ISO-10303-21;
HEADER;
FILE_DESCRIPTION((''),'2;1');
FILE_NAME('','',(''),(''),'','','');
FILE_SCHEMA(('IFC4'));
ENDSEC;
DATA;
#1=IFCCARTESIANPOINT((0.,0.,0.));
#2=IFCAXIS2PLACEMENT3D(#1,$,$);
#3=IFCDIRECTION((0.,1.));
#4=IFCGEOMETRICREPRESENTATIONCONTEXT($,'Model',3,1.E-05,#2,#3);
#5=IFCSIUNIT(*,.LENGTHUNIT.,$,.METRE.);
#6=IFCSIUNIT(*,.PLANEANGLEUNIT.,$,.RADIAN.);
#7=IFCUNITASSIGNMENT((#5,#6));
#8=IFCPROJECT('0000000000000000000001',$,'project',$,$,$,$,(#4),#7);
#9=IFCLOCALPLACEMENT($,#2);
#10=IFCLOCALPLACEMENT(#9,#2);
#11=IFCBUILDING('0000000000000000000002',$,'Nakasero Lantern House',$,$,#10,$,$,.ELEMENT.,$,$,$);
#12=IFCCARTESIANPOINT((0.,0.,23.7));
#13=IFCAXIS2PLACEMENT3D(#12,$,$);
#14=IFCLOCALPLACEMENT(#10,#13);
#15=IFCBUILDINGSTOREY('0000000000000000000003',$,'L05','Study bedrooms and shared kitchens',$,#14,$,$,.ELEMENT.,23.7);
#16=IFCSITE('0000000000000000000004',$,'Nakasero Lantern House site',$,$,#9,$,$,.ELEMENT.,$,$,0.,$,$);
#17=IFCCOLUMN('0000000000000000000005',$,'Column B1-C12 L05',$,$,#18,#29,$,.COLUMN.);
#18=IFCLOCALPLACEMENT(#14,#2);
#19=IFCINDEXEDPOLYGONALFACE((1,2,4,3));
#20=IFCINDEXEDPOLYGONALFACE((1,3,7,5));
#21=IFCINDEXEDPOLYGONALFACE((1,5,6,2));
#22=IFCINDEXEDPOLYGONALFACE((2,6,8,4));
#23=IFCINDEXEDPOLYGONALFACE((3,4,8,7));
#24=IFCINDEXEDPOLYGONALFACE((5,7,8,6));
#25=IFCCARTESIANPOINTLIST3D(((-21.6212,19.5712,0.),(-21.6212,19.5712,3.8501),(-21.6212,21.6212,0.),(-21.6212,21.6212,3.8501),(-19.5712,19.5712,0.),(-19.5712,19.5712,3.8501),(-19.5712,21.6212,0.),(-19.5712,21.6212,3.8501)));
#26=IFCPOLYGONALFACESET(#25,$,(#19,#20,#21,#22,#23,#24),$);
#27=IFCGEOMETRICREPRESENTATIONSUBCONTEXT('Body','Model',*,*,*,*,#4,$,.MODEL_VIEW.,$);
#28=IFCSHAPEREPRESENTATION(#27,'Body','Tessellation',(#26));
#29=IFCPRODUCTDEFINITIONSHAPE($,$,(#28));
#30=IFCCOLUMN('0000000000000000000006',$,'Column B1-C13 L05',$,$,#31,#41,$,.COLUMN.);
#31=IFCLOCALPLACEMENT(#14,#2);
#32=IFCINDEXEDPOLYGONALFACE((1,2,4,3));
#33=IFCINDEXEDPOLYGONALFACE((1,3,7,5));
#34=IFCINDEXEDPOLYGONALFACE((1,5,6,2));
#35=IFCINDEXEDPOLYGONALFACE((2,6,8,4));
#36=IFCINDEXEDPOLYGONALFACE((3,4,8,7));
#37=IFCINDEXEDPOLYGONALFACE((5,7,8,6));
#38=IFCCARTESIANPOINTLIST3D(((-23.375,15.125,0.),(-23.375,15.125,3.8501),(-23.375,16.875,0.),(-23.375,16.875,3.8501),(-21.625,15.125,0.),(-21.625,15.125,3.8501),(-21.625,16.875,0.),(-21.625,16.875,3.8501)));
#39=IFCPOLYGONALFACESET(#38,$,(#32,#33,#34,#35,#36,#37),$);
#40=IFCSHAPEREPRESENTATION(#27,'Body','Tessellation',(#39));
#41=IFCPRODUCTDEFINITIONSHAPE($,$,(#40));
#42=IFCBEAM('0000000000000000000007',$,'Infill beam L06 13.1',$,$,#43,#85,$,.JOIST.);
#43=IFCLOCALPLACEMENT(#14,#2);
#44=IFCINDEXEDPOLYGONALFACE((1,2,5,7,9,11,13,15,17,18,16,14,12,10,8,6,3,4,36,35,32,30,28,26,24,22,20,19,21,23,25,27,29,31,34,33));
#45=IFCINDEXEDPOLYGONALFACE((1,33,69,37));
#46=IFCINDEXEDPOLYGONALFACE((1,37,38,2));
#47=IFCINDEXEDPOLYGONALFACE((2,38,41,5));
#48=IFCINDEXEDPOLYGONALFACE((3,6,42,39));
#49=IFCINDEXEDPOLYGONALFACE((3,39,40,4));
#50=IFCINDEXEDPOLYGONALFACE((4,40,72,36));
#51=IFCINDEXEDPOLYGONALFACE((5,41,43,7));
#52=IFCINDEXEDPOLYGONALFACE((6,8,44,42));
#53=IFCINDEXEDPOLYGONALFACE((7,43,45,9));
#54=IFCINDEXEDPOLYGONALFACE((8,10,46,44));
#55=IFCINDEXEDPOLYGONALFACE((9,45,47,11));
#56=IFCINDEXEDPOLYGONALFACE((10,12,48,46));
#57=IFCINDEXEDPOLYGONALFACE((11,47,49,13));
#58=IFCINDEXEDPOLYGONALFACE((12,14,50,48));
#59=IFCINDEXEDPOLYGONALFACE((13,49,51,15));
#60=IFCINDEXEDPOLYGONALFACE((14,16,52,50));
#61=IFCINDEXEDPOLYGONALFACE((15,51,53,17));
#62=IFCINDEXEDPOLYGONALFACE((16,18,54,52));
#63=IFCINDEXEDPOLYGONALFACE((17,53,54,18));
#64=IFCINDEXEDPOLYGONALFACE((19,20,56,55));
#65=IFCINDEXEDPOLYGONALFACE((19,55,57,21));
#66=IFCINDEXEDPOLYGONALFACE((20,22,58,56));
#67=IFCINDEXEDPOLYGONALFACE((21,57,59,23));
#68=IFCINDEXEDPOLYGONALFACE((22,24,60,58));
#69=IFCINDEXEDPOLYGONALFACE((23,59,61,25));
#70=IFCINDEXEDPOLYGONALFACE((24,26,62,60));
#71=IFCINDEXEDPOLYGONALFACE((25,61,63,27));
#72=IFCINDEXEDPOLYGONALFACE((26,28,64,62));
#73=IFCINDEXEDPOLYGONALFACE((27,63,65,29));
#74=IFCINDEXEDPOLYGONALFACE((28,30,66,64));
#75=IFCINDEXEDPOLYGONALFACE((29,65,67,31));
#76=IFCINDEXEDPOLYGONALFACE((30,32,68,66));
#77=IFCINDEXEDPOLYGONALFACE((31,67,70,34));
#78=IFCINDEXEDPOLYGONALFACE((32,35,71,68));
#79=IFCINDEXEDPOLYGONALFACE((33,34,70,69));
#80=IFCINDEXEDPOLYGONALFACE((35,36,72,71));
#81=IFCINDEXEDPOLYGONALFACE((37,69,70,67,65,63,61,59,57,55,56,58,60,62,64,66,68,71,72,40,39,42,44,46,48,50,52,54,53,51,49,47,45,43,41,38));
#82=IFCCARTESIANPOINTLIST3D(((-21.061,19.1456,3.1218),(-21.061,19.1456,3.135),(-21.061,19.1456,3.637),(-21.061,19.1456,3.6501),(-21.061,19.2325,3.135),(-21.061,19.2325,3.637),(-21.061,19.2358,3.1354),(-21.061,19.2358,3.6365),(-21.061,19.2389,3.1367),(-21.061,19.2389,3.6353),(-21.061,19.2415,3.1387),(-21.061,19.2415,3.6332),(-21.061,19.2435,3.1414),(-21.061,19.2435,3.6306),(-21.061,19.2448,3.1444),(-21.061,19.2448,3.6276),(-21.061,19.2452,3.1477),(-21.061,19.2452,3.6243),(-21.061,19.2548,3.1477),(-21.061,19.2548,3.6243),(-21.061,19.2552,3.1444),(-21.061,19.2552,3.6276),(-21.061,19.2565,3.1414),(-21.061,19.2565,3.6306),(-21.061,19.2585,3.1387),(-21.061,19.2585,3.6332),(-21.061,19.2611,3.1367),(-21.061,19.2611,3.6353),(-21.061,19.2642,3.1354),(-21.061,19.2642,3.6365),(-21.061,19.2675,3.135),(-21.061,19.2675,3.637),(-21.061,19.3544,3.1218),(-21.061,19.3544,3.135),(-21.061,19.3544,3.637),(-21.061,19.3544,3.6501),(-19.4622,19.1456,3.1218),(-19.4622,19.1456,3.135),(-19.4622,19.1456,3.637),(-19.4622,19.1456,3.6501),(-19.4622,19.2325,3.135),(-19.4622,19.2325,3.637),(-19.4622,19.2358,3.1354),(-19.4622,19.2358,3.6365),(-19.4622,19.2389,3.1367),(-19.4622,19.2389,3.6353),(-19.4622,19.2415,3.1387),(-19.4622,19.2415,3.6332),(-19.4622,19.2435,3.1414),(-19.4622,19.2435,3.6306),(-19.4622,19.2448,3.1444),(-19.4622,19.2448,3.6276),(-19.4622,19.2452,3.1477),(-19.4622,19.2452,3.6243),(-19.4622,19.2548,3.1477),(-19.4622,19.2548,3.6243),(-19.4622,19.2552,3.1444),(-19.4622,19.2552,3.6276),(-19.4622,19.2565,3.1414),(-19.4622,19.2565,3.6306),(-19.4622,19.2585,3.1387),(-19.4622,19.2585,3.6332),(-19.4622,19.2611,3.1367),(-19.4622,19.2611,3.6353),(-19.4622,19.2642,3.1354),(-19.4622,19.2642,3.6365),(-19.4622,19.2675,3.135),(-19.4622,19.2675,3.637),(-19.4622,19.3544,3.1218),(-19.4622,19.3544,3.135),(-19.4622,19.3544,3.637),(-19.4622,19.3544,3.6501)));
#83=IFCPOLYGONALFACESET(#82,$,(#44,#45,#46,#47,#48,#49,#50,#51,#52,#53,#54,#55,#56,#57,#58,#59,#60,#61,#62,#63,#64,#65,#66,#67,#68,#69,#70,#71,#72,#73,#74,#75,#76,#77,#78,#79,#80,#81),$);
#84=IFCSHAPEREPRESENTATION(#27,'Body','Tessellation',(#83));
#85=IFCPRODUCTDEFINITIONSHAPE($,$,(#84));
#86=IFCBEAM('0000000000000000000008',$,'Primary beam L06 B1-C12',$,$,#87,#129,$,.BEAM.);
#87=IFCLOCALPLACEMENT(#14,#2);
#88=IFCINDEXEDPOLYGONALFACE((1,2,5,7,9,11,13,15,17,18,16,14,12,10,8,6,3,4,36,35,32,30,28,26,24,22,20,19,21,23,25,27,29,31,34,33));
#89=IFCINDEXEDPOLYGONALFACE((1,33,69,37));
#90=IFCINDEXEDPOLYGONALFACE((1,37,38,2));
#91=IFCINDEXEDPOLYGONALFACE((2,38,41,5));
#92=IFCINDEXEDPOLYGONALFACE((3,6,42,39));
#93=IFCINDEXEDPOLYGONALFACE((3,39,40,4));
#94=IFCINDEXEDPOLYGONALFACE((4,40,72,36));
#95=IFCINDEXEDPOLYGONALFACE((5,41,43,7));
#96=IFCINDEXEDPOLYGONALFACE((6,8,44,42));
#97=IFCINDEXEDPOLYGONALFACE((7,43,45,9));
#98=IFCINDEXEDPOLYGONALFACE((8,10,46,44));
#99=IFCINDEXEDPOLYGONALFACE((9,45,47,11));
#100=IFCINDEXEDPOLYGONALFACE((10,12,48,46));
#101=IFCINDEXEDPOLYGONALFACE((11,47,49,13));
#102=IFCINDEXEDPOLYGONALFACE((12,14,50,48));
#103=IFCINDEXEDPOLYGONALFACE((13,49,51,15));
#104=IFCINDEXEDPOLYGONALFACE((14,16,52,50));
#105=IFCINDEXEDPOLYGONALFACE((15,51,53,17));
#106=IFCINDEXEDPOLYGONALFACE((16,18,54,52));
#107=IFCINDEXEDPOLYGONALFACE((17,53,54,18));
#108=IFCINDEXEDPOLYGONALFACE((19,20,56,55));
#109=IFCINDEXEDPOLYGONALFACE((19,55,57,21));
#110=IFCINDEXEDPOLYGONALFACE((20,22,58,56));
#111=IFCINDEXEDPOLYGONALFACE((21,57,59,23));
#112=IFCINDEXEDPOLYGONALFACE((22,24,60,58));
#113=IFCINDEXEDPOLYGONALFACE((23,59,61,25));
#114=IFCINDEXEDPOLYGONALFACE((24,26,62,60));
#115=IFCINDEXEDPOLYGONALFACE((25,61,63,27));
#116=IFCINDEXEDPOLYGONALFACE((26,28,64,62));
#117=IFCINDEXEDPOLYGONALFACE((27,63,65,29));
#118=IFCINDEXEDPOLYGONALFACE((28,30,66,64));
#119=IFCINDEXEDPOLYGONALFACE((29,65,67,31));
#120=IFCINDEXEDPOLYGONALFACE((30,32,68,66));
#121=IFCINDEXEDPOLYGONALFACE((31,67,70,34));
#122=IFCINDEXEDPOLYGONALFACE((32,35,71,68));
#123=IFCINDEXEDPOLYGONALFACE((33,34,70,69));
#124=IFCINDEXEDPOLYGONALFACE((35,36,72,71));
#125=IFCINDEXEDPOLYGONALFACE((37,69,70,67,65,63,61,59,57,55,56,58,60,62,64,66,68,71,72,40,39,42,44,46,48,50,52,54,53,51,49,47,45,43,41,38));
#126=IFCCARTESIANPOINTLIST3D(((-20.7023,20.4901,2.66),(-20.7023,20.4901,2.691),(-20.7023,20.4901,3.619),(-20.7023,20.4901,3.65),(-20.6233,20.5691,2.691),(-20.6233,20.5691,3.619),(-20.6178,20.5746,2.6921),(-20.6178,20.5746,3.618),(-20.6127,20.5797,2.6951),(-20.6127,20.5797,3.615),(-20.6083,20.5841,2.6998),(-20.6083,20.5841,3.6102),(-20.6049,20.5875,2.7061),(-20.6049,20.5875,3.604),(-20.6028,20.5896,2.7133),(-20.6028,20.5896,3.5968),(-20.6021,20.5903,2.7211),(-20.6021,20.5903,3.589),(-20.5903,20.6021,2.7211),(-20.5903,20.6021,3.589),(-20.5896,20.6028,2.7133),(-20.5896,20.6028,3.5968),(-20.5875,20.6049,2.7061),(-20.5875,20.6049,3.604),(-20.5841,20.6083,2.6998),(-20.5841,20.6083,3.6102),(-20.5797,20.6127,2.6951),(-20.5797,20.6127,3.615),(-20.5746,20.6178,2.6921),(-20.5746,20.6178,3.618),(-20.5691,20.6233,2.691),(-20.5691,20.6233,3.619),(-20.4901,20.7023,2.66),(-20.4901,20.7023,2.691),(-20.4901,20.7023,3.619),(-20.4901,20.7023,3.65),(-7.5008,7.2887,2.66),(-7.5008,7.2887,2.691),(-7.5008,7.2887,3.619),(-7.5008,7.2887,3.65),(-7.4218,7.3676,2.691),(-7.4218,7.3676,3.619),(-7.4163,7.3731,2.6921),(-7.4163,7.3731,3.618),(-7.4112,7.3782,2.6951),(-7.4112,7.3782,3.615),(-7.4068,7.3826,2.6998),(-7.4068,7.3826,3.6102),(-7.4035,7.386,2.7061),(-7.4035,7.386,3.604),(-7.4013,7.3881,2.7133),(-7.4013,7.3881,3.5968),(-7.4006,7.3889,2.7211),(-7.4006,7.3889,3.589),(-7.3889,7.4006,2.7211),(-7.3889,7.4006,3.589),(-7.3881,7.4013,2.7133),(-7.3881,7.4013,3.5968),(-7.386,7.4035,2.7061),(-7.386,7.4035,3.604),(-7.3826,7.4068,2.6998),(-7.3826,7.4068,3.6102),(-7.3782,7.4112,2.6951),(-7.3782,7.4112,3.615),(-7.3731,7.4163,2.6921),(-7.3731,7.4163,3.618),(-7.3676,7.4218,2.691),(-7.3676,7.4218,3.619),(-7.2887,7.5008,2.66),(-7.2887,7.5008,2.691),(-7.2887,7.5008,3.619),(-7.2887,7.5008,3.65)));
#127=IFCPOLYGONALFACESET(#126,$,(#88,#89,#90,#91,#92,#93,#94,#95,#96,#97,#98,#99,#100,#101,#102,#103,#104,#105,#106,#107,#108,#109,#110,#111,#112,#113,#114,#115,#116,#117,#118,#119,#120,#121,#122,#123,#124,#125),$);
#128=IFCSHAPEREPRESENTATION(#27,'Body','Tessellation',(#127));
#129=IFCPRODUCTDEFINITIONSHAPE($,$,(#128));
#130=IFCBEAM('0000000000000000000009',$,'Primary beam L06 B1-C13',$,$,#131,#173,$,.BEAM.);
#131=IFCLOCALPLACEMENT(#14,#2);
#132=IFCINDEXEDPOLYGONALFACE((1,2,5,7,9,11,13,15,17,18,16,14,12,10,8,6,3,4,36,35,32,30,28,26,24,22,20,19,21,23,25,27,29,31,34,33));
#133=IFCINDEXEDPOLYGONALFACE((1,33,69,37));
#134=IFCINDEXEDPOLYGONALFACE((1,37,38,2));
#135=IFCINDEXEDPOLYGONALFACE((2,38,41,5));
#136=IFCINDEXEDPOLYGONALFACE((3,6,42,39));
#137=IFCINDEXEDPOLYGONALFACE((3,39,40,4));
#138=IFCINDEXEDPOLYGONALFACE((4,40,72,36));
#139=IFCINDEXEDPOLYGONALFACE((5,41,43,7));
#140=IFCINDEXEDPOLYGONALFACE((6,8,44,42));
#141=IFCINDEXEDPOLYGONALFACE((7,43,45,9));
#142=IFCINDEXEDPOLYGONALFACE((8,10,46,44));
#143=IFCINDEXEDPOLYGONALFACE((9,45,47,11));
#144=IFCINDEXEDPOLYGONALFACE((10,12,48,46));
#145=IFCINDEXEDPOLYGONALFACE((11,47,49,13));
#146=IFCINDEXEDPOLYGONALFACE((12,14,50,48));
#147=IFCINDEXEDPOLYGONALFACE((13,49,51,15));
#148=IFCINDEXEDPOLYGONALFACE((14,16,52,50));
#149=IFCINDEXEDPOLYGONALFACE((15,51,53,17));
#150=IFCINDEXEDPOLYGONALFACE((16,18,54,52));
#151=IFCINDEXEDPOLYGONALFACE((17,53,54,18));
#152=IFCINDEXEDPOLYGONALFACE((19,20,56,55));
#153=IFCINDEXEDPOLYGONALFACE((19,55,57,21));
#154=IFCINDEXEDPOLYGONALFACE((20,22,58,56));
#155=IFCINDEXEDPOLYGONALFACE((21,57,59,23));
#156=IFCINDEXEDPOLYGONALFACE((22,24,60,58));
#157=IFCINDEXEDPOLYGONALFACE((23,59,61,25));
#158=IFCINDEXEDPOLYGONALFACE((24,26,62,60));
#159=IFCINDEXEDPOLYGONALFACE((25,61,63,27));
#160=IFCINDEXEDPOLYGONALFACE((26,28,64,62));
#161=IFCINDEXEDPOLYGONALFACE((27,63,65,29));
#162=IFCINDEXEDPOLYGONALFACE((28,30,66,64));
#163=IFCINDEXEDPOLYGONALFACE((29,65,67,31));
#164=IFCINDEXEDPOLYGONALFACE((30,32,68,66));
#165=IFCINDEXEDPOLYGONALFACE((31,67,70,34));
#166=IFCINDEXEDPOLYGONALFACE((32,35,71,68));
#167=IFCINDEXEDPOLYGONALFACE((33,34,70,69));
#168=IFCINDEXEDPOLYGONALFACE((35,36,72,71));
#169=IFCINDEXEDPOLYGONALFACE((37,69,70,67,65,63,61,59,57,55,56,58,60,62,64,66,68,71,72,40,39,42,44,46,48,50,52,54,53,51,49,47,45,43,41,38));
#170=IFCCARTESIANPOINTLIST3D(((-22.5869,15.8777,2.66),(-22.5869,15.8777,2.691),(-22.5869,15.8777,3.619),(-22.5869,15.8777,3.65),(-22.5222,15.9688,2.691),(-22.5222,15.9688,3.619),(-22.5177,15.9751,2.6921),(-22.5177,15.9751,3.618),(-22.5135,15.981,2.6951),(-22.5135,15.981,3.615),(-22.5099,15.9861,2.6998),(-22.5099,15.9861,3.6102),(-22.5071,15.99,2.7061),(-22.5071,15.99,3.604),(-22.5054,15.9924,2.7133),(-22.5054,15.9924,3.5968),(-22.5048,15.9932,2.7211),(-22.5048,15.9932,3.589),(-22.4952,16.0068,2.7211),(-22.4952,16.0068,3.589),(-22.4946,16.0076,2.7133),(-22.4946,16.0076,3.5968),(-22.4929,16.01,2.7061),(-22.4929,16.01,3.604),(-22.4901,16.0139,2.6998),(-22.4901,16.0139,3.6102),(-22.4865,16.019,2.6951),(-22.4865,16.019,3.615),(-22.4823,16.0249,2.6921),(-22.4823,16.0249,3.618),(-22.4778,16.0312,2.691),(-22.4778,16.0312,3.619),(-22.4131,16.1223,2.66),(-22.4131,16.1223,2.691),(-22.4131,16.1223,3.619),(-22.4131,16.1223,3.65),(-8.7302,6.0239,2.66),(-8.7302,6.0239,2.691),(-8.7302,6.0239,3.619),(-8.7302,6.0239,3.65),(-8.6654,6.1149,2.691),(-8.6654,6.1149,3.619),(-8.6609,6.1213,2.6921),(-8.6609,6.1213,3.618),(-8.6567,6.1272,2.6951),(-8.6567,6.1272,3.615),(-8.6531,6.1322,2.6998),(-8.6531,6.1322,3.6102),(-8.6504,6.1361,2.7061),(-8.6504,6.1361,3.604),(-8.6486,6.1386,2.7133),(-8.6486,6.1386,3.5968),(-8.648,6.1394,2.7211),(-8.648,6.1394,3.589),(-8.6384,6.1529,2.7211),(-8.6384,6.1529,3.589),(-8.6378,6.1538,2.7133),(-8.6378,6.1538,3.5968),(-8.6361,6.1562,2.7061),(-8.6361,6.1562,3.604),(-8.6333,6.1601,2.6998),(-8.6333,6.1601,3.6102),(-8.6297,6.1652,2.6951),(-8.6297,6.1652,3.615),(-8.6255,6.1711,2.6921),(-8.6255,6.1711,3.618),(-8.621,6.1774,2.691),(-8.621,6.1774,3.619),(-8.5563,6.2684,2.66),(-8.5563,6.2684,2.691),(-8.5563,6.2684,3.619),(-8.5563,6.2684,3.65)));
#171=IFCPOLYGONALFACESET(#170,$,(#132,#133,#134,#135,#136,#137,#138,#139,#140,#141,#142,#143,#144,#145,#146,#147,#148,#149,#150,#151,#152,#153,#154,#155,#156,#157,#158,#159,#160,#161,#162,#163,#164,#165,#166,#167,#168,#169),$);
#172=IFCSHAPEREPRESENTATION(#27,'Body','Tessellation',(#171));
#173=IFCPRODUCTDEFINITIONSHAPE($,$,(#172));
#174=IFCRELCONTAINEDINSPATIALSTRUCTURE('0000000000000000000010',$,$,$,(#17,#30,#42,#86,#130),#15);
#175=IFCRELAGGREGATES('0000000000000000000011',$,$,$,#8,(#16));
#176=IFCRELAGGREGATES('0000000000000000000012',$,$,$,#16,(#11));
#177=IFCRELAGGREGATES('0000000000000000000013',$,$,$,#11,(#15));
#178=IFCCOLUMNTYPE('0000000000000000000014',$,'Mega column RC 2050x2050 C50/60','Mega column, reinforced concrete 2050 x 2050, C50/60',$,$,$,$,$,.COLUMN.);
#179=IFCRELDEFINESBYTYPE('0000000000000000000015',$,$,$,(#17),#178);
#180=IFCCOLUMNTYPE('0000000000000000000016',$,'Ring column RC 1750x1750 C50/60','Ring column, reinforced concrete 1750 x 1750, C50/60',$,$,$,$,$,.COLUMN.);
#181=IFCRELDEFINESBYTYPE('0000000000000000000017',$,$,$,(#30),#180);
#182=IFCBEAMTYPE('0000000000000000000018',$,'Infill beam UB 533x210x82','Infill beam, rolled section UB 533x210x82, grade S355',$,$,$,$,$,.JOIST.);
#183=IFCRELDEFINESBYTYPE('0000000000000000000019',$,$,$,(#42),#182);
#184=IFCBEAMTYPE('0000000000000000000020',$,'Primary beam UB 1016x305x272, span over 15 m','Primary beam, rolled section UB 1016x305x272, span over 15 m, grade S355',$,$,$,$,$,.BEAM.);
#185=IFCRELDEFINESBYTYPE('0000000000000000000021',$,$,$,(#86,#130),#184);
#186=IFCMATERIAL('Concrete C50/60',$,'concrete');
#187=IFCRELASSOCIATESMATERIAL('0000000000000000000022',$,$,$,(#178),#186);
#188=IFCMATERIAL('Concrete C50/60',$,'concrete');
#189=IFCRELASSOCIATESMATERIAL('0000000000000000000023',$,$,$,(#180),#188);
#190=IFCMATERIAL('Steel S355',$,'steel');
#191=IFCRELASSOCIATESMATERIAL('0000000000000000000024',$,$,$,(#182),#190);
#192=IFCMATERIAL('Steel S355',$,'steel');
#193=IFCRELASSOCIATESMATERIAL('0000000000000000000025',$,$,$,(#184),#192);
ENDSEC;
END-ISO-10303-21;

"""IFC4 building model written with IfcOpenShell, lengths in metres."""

from ifc_helpers import new_model, si_unit, direction, frame, origin, origin_2d, place, context, subcontext, project, spatial, rectangle, i_section, extrude, material, material_profile, profile_set, type_object, element, save


model = new_model("IFC4")

# Units and contexts
model_context = context("Model", 3, precision=1e-05, world=origin(), true_north=direction((0.0, 1.0)))
body_context = subcontext(model_context, "Body", "Model", "MODEL_VIEW")
ifc_project = project(units=[si_unit("LENGTHUNIT", "METRE"), si_unit("PLANEANGLEUNIT", "RADIAN")], contexts=[model_context])

# Site, building, storey
site_placement = place(None, origin())
site = spatial("IfcSite", under=ifc_project, at=site_placement, Name="Nakasero Lantern House site", CompositionType="ELEMENT", RefElevation=0.0)
building_placement = place(site_placement, origin())
building = spatial("IfcBuilding", under=site, at=building_placement, Name="Nakasero Lantern House", CompositionType="ELEMENT")
storey_placement = place(building_placement, frame((0.0, 0.0, 23.7)))
storey = spatial("IfcBuildingStorey", under=building, at=storey_placement, Name="L05", Description="Study bedrooms and shared kitchens", CompositionType="ELEMENT", Elevation=23.7)

# Columns
ifc_material_1 = material(Name="Concrete C50/60", Category="concrete")
ifc_material_profile_1 = material_profile(ifc_material_1, rectangle(XDim=2.05, YDim=2.05, at=origin_2d()), Name="RC 2050x2050")
ifc_profile_set_1 = profile_set([ifc_material_profile_1], Name="Concrete C50/60")
column_type_1 = type_object("IfcColumnType", Name="Mega column RC 2050x2050 C50/60", Description="Mega column, reinforced concrete 2050 x 2050, C50/60", PredefinedType="COLUMN", material=ifc_profile_set_1)
column_1_placement = place(storey_placement, frame((-20.5962, 20.5962, 0.0), z_axis=(0.0, 0.0, 1.0), x_axis=(1.0, 0.0, 0.0)))
element("IfcColumn", 1, at=column_1_placement, inside=storey, type_object=column_type_1, Name="Column B1-C12 L05", PredefinedType="COLUMN", context=body_context, shape_type="SweptSolid", body=[
    extrude(rectangle(XDim=2.05, YDim=2.05, at=origin_2d()), origin(), (0.0, 0.0, 1.0), 3.8501),
])
ifc_material_2 = material(Name="Concrete C50/60", Category="concrete")
ifc_material_profile_2 = material_profile(ifc_material_2, rectangle(XDim=1.75, YDim=1.75, at=origin_2d()), Name="RC 1750x1750")
ifc_profile_set_2 = profile_set([ifc_material_profile_2], Name="Concrete C50/60")
column_type_2 = type_object("IfcColumnType", Name="Ring column RC 1750x1750 C50/60", Description="Ring column, reinforced concrete 1750 x 1750, C50/60", PredefinedType="COLUMN", material=ifc_profile_set_2)
column_2_placement = place(storey_placement, frame((-22.5, 16.0, 0.0), z_axis=(0.0, 0.0, 1.0), x_axis=(1.0, 0.0, 0.0)))
element("IfcColumn", 2, at=column_2_placement, inside=storey, type_object=column_type_2, Name="Column B1-C13 L05", PredefinedType="COLUMN", context=body_context, shape_type="SweptSolid", body=[
    extrude(rectangle(XDim=1.75, YDim=1.75, at=origin_2d()), origin(), (0.0, 0.0, 1.0), 3.8501),
])

# Beams
ifc_material_3 = material(Name="Steel S355", Category="steel")
ifc_material_profile_3 = material_profile(ifc_material_3, i_section(OverallWidth=0.2087, OverallDepth=0.5283, WebThickness=0.0095, FlangeThickness=0.0132, FilletRadius=0.0127, at=origin_2d()), Name="UB 533x210x82")
ifc_profile_set_3 = profile_set([ifc_material_profile_3], Name="Steel S355")
beam_type_1 = type_object("IfcBeamType", Name="Infill beam UB 533x210x82", Description="Infill beam, rolled section UB 533x210x82, grade S355", PredefinedType="JOIST", material=ifc_profile_set_3)
beam_1_placement = place(storey_placement, frame((-21.061, 19.25, 3.386), z_axis=(1.0, 0.0, 0.0), x_axis=(0.0, 1.0, 0.0)))
element("IfcBeam", 3, at=beam_1_placement, inside=storey, type_object=beam_type_1, Name="Infill beam L06 13.1", PredefinedType="JOIST", context=body_context, shape_type="SweptSolid", body=[
    extrude(i_section(OverallWidth=0.2087, OverallDepth=0.5283, WebThickness=0.0095, FlangeThickness=0.0132, FilletRadius=0.0127, at=origin_2d()), origin(), (0.0, 0.0, 1.0), 1.5989),
])
ifc_material_4 = material(Name="Steel S355", Category="steel")
ifc_material_profile_4 = material_profile(ifc_material_4, i_section(OverallWidth=0.3, OverallDepth=0.99, WebThickness=0.0166, FlangeThickness=0.031, FilletRadius=0.03, at=origin_2d()), Name="UB 1016x305x272")
ifc_profile_set_4 = profile_set([ifc_material_profile_4], Name="Steel S355")
beam_type_2 = type_object("IfcBeamType", Name="Primary beam UB 1016x305x272, span over 15 m", Description="Primary beam, rolled section UB 1016x305x272, span over 15 m, grade S355", PredefinedType="BEAM", material=ifc_profile_set_4)
beam_2_placement = place(storey_placement, frame((-20.5962, 20.5962, 3.155), z_axis=(0.707107, -0.707107, 0.0), x_axis=(0.707107, 0.707107, 0.0)))
element("IfcBeam", 4, at=beam_2_placement, inside=storey, type_object=beam_type_2, Name="Primary beam L06 B1-C12", PredefinedType="BEAM", context=body_context, shape_type="SweptSolid", body=[
    extrude(i_section(OverallWidth=0.3, OverallDepth=0.99, WebThickness=0.0166, FlangeThickness=0.031, FilletRadius=0.03, at=origin_2d()), origin(), (0.0, 0.0, 1.0), 18.6697),
])
beam_3_placement = place(storey_placement, frame((-22.5, 16.0, 3.155), z_axis=(0.814952, -0.579528, 0.0), x_axis=(0.579528, 0.814952, 0.0)))
element("IfcBeam", 5, at=beam_3_placement, inside=storey, type_object=beam_type_2, Name="Primary beam L06 B1-C13", PredefinedType="BEAM", context=body_context, shape_type="SweptSolid", body=[
    extrude(i_section(OverallWidth=0.3, OverallDepth=0.99, WebThickness=0.0166, FlangeThickness=0.031, FilletRadius=0.03, at=origin_2d()), origin(), (0.0, 0.0, 1.0), 17.0032),
])

save(model, "model.ifc")
